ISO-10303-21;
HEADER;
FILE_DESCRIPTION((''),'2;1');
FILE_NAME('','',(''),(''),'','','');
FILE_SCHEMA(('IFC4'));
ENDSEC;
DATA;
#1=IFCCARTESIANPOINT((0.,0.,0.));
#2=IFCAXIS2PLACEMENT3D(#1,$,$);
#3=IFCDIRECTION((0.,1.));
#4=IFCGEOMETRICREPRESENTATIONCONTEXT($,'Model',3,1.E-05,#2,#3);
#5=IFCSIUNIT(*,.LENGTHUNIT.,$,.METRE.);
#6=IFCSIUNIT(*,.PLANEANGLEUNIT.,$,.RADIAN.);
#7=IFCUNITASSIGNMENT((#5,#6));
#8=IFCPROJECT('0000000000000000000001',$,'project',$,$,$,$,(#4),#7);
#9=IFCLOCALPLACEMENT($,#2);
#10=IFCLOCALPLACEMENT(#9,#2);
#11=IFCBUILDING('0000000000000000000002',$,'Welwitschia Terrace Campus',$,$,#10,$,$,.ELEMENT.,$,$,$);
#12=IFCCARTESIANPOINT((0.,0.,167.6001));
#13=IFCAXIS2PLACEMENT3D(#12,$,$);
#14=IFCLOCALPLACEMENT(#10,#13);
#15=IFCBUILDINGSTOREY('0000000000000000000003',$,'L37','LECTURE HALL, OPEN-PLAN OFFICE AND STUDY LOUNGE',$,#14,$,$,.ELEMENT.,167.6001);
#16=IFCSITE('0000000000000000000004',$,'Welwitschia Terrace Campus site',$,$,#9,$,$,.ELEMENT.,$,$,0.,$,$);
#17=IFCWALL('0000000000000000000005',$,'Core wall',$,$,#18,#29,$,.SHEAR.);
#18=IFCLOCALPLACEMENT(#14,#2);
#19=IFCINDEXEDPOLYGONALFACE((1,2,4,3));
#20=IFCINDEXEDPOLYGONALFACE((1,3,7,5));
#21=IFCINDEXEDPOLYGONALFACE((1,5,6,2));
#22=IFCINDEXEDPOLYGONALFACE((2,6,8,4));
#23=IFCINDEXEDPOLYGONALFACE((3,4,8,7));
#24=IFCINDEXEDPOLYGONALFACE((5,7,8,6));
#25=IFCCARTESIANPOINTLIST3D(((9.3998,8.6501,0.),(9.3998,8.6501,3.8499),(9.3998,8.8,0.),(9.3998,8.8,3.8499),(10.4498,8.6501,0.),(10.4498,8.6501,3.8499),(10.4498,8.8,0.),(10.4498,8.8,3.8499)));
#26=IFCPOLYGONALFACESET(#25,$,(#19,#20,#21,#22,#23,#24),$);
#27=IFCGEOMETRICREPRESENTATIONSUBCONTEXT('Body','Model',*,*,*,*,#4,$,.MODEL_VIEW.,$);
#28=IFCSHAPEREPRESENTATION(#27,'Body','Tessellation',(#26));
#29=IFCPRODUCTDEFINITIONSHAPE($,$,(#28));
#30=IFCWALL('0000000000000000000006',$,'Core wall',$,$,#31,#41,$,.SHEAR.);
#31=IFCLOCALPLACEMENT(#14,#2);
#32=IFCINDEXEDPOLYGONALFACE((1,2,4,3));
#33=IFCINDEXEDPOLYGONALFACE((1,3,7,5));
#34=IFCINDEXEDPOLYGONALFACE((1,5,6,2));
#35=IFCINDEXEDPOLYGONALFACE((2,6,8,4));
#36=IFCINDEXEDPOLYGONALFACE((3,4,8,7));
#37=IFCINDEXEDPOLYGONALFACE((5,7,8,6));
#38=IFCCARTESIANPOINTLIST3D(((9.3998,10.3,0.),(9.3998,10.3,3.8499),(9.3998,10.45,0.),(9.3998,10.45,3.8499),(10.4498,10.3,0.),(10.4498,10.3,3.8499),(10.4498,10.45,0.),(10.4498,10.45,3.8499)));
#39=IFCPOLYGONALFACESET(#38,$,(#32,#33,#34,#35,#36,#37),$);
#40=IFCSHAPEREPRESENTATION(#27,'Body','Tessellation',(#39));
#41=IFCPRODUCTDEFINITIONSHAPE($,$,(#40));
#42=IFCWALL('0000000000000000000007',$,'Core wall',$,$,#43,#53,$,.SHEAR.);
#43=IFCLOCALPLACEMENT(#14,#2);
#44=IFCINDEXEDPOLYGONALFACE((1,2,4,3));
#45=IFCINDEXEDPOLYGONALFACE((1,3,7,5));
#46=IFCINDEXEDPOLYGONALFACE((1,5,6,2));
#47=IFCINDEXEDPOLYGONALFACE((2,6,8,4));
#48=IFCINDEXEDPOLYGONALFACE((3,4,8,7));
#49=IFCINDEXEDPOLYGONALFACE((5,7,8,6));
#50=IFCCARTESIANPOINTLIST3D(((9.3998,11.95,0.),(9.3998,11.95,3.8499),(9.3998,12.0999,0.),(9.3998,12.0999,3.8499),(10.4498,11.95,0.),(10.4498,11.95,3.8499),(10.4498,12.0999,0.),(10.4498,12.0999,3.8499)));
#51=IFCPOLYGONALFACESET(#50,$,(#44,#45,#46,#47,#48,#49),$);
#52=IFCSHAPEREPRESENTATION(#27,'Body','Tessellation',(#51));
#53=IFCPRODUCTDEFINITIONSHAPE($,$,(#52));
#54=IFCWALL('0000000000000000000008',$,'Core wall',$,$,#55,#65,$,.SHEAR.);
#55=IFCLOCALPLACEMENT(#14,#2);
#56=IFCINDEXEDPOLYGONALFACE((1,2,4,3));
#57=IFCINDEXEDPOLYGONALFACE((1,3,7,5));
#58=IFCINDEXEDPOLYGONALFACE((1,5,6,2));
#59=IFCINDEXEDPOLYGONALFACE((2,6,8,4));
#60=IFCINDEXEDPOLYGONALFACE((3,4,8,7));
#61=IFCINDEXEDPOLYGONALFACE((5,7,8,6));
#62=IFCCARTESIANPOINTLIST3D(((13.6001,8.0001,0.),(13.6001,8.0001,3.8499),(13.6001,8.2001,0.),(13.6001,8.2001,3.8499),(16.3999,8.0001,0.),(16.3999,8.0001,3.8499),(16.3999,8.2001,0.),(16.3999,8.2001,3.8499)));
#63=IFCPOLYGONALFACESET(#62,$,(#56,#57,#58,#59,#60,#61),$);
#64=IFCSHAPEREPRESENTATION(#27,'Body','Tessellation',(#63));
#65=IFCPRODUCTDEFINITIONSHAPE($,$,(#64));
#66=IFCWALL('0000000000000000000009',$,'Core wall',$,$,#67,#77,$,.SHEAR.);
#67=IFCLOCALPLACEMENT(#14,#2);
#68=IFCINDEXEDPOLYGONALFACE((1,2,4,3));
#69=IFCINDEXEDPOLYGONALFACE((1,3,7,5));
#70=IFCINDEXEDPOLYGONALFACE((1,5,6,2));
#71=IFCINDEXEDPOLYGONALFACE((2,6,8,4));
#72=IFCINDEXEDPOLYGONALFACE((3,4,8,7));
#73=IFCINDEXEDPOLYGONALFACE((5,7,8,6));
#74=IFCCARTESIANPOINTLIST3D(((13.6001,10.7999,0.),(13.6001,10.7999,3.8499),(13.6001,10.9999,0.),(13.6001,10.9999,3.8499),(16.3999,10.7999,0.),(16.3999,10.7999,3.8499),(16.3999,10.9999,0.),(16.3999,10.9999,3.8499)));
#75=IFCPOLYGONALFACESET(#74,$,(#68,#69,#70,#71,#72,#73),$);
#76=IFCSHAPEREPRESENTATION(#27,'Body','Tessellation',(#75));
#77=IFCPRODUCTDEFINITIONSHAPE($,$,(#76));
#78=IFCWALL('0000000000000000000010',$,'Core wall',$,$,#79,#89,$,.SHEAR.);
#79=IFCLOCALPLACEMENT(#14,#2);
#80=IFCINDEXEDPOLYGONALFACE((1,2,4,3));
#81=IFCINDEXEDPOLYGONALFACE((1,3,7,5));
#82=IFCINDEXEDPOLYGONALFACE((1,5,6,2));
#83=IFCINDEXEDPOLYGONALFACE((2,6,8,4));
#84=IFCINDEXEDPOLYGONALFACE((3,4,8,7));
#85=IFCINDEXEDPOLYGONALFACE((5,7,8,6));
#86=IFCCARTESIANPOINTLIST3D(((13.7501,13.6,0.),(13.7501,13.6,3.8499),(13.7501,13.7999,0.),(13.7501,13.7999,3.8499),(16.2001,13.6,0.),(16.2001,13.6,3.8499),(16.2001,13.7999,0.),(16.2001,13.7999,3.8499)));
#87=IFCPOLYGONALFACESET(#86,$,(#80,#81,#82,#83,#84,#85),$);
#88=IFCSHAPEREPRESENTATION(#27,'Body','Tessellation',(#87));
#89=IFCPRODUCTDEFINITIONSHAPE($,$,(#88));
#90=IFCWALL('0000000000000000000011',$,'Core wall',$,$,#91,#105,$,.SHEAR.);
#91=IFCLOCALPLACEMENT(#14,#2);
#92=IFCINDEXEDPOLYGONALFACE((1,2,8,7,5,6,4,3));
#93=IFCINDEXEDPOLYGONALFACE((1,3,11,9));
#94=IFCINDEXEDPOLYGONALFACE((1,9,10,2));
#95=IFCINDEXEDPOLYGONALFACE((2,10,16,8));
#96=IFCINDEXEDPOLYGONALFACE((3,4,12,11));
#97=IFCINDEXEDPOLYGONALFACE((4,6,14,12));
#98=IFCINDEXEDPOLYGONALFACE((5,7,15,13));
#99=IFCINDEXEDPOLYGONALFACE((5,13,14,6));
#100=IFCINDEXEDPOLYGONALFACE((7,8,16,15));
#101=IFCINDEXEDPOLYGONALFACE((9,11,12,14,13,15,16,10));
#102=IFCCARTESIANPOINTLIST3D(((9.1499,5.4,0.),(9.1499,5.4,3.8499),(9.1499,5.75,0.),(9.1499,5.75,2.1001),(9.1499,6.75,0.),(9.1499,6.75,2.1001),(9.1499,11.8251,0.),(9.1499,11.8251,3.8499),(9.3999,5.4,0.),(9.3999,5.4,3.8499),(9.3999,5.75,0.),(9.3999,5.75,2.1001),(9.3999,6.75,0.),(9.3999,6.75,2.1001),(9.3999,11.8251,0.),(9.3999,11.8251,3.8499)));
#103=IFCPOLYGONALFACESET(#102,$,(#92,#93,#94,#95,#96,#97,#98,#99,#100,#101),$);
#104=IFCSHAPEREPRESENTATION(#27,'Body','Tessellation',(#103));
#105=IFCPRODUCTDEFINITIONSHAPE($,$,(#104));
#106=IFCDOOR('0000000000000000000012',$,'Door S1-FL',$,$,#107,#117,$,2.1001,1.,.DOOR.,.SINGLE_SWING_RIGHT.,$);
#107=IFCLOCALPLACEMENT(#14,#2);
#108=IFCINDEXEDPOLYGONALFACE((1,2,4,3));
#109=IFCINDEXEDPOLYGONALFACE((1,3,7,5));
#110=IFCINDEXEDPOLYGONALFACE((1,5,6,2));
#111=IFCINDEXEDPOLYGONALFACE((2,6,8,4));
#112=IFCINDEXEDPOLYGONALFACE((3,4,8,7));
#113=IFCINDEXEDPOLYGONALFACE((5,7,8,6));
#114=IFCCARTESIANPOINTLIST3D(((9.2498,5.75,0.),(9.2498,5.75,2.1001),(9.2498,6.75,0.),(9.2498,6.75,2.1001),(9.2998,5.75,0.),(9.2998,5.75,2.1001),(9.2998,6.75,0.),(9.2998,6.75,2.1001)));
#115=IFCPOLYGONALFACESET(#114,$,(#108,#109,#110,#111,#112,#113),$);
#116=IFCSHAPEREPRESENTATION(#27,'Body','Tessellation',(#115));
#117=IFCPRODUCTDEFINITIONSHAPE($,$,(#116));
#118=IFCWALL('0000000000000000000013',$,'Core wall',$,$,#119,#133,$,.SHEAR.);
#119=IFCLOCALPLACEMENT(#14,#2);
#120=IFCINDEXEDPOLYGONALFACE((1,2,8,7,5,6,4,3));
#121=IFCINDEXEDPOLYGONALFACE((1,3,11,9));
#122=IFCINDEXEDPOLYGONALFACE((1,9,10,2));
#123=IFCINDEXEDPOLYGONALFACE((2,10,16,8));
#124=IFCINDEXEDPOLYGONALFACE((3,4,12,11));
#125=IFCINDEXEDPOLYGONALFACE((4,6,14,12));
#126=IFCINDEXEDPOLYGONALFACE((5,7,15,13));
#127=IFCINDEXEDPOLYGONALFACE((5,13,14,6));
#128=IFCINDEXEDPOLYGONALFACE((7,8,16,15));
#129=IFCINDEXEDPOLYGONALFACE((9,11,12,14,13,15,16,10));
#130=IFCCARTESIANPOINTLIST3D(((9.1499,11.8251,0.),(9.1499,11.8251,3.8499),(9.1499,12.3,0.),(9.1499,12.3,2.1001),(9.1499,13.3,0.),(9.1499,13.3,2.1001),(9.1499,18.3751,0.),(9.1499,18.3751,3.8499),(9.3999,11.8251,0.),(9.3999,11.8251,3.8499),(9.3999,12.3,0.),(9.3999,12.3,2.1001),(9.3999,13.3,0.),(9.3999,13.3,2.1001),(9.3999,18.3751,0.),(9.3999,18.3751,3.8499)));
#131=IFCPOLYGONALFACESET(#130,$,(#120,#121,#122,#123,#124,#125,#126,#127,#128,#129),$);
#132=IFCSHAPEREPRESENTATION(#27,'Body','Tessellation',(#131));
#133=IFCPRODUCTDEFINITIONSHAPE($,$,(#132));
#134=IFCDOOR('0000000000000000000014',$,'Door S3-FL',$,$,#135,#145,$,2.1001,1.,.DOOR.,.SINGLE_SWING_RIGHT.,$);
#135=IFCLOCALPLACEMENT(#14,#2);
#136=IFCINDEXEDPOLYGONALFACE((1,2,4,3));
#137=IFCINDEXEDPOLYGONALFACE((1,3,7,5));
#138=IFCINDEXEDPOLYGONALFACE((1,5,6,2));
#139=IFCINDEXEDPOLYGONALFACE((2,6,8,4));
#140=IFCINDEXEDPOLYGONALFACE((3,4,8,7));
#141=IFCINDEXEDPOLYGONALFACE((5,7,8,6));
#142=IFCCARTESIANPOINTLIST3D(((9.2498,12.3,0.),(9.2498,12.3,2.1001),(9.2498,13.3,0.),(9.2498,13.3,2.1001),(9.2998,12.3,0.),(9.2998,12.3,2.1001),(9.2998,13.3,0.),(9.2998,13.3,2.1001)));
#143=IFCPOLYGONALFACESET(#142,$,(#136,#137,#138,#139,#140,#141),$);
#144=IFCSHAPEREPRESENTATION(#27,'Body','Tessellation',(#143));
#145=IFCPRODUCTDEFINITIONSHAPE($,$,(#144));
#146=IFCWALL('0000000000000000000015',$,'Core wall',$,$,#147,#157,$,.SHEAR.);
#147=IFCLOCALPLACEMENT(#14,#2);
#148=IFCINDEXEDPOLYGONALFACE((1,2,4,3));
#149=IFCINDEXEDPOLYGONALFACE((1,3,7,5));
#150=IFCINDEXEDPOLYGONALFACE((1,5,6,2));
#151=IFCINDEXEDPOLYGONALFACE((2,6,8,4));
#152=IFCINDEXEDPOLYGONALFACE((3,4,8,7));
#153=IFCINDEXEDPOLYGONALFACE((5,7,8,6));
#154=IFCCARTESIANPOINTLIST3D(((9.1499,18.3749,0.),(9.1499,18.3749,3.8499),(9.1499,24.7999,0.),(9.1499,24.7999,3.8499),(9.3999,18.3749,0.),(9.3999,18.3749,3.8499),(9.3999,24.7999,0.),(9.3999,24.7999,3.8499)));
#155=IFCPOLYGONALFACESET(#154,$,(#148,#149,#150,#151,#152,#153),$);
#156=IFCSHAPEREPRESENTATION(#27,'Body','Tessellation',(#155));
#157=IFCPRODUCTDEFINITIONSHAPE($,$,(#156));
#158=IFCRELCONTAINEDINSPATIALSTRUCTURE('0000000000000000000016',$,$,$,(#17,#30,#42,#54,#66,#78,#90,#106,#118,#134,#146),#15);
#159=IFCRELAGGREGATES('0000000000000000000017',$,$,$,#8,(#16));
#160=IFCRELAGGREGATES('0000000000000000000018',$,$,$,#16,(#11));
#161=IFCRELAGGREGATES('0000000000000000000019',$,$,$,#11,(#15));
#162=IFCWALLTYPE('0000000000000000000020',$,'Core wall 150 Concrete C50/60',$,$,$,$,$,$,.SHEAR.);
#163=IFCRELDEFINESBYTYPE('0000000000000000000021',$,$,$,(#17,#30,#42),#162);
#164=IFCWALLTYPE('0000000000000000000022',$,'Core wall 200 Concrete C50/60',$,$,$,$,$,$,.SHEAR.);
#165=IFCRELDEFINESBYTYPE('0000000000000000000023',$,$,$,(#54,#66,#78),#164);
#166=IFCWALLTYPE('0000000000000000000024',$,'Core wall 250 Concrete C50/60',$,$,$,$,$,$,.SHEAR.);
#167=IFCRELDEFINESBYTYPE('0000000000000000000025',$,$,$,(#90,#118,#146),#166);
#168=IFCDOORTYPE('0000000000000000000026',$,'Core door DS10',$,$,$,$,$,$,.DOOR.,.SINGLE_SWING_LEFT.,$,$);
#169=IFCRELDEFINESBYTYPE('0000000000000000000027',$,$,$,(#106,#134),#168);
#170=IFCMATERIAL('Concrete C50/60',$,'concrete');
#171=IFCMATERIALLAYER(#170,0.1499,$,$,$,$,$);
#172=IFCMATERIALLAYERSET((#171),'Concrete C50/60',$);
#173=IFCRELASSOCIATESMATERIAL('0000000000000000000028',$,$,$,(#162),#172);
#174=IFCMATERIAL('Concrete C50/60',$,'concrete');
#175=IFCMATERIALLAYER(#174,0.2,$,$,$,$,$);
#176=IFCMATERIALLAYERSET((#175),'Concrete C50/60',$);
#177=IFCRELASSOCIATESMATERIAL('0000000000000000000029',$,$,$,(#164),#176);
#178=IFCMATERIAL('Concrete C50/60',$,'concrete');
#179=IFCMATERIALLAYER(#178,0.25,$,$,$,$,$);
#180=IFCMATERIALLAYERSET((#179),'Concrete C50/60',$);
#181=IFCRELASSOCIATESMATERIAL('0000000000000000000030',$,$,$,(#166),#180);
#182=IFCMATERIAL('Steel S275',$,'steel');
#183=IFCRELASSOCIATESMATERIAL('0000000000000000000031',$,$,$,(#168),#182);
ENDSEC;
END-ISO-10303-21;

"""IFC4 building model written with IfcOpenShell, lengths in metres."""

from ifc_helpers import new_model, si_unit, direction, frame, frame_2d, origin, place, context, subcontext, project, spatial, rectangle, extrude, material, layer, layer_set, type_object, element, fill, save


model = new_model("IFC4")

# Units and contexts
model_context = context("Model", 3, precision=1e-05, world=origin(), true_north=direction((0.0, 1.0)))
body_context = subcontext(model_context, "Body", "Model", "MODEL_VIEW")
ifc_project = project(units=[si_unit("LENGTHUNIT", "METRE"), si_unit("PLANEANGLEUNIT", "RADIAN")], contexts=[model_context])

# Site, building, storey
site_placement = place(None, origin())
site = spatial("IfcSite", under=ifc_project, at=site_placement, Name="Welwitschia Terrace Campus site", CompositionType="ELEMENT", RefElevation=0.0)
building_placement = place(site_placement, origin())
building = spatial("IfcBuilding", under=site, at=building_placement, Name="Welwitschia Terrace Campus", CompositionType="ELEMENT")
storey_placement = place(building_placement, frame((0.0, 0.0, 167.6001)))
storey = spatial("IfcBuildingStorey", under=building, at=storey_placement, Name="L37", Description="LECTURE HALL, OPEN-PLAN OFFICE AND STUDY LOUNGE", CompositionType="ELEMENT", Elevation=167.6001)

# Walls
ifc_material_1 = material(Name="Concrete C50/60", Category="concrete")
ifc_layer_1 = layer(ifc_material_1, 0.1499)
ifc_layer_set_1 = layer_set([ifc_layer_1], Name="Concrete C50/60")
wall_type_1 = type_object("IfcWallType", Name="Core wall 150 Concrete C50/60", PredefinedType="SHEAR", material=ifc_layer_set_1)
for number, where, z_axis, x_axis, name in (
    (1, (9.3999, 8.7251, 0.0), (0.0, 0.0, 1.0), (1.0, 0.0, 0.0), "Core wall"),
    (2, (9.3999, 10.375, 0.0), (0.0, 0.0, 1.0), (1.0, 0.0, 0.0), "Core wall"),
    (3, (9.3999, 12.0249, 0.0), (0.0, 0.0, 1.0), (1.0, 0.0, 0.0), "Core wall"),
):
    element("IfcWall", number, at=place(storey_placement, frame(where, z_axis=z_axis, x_axis=x_axis)), inside=storey, type_object=wall_type_1, Name=name, PredefinedType="SHEAR", context=body_context, shape_type="SweptSolid", body=[
        extrude(rectangle(XDim=1.05, YDim=0.1499, at=frame_2d((0.5249, 0.0))), origin(), (0.0, 0.0, 1.0), 3.8499),
    ])
ifc_material_2 = material(Name="Concrete C50/60", Category="concrete")
ifc_layer_2 = layer(ifc_material_2, 0.2)
ifc_layer_set_2 = layer_set([ifc_layer_2], Name="Concrete C50/60")
wall_type_2 = type_object("IfcWallType", Name="Core wall 200 Concrete C50/60", PredefinedType="SHEAR", material=ifc_layer_set_2)
for number, where, z_axis, x_axis, name in (
    (4, (13.6001, 8.1001, 0.0), (0.0, 0.0, 1.0), (1.0, 0.0, 0.0), "Core wall"),
    (5, (13.6001, 10.8999, 0.0), (0.0, 0.0, 1.0), (1.0, 0.0, 0.0), "Core wall"),
):
    element("IfcWall", number, at=place(storey_placement, frame(where, z_axis=z_axis, x_axis=x_axis)), inside=storey, type_object=wall_type_2, Name=name, PredefinedType="SHEAR", context=body_context, shape_type="SweptSolid", body=[
        extrude(rectangle(XDim=2.7998, YDim=0.2, at=frame_2d((1.3999, 0.0))), origin(), (0.0, 0.0, 1.0), 3.8499),
    ])
wall_1_placement = place(storey_placement, frame((13.75, 13.7, 0.0), z_axis=(0.0, 0.0, 1.0), x_axis=(1.0, 0.0, 0.0)))
element("IfcWall", 6, at=wall_1_placement, inside=storey, type_object=wall_type_2, Name="Core wall", PredefinedType="SHEAR", context=body_context, shape_type="SweptSolid", body=[
    extrude(rectangle(XDim=2.45, YDim=0.2, at=frame_2d((1.2251, 0.0))), origin(), (0.0, 0.0, 1.0), 3.8499),
])

# Walls, openings, doors
ifc_material_3 = material(Name="Concrete C50/60", Category="concrete")
ifc_layer_3 = layer(ifc_material_3, 0.25)
ifc_layer_set_3 = layer_set([ifc_layer_3], Name="Concrete C50/60")
wall_type_3 = type_object("IfcWallType", Name="Core wall 250 Concrete C50/60", PredefinedType="SHEAR", material=ifc_layer_set_3)
wall_2_placement = place(storey_placement, frame((9.2749, 11.825, 0.0), z_axis=(0.0, 0.0, 1.0), x_axis=(0.0, -1.0, 0.0)))
wall_2 = element("IfcWall", 7, at=wall_2_placement, inside=storey, type_object=wall_type_3, Name="Core wall", PredefinedType="SHEAR", context=body_context, shape_type="SweptSolid", body=[
    extrude(rectangle(XDim=6.425, YDim=0.25, at=frame_2d((3.2124, 0.0))), origin(), (0.0, 0.0, 1.0), 3.8499),
])
opening_1_placement = place(wall_2_placement, frame((5.075, 0.0, 0.0)))
opening_1 = element("IfcOpeningElement", 8, at=opening_1_placement, cuts=wall_2, PredefinedType="OPENING", context=body_context, shape_type="SweptSolid", body=[
    extrude(rectangle(XDim=1.0, YDim=2.1001, at=frame_2d((0.5, 1.05))), frame((0.0, 0.135, 0.0), z_axis=(0.0, -1.0, 0.0), x_axis=(1.0, 0.0, 0.0)), (0.0, 0.0, 1.0), 0.27),
])
ifc_material_4 = material(Name="Steel S275", Category="steel")
door_type_1 = type_object("IfcDoorType", Name="Core door DS10", OperationType="SINGLE_SWING_LEFT", PredefinedType="DOOR", material=ifc_material_4)
door_1_placement = place(opening_1_placement, origin())
door_1 = element("IfcDoor", 9, at=door_1_placement, inside=storey, type_object=door_type_1, Name="Door S1-FL", OperationType="SINGLE_SWING_RIGHT", OverallHeight=2.1001, OverallWidth=1.0, PredefinedType="DOOR", context=body_context, shape_type="SweptSolid", body=[
    extrude(rectangle(XDim=1.0, YDim=2.1001, at=frame_2d((0.5, 1.05))), frame((0.0, 0.0249, 0.0), z_axis=(0.0, -1.0, 0.0), x_axis=(1.0, 0.0, 0.0)), (0.0, 0.0, 1.0), 0.05),
])
fill(opening_1, door_1)
wall_3_placement = place(storey_placement, frame((9.2749, 18.375, 0.0), z_axis=(0.0, 0.0, 1.0), x_axis=(0.0, -1.0, 0.0)))
wall_3 = element("IfcWall", 10, at=wall_3_placement, inside=storey, type_object=wall_type_3, Name="Core wall", PredefinedType="SHEAR", context=body_context, shape_type="SweptSolid", body=[
    extrude(rectangle(XDim=6.55, YDim=0.25, at=frame_2d((3.2749, 0.0))), origin(), (0.0, 0.0, 1.0), 3.8499),
])
opening_2_placement = place(wall_3_placement, frame((5.075, 0.0, 0.0)))
opening_2 = element("IfcOpeningElement", 11, at=opening_2_placement, cuts=wall_3, PredefinedType="OPENING", context=body_context, shape_type="SweptSolid", body=[
    extrude(rectangle(XDim=1.0, YDim=2.1001, at=frame_2d((0.5, 1.05))), frame((0.0, 0.135, 0.0), z_axis=(0.0, -1.0, 0.0), x_axis=(1.0, 0.0, 0.0)), (0.0, 0.0, 1.0), 0.27),
])
door_2_placement = place(opening_2_placement, origin())
door_2 = element("IfcDoor", 12, at=door_2_placement, inside=storey, type_object=door_type_1, Name="Door S3-FL", OperationType="SINGLE_SWING_RIGHT", OverallHeight=2.1001, OverallWidth=1.0, PredefinedType="DOOR", context=body_context, shape_type="SweptSolid", body=[
    extrude(rectangle(XDim=1.0, YDim=2.1001, at=frame_2d((0.5, 1.05))), frame((0.0, 0.0249, 0.0), z_axis=(0.0, -1.0, 0.0), x_axis=(1.0, 0.0, 0.0)), (0.0, 0.0, 1.0), 0.05),
])
fill(opening_2, door_2)

# Wall
wall_4_placement = place(storey_placement, frame((9.2749, 18.375, 0.0), z_axis=(0.0, 0.0, 1.0), x_axis=(0.0, 1.0, 0.0)))
element("IfcWall", 13, at=wall_4_placement, inside=storey, type_object=wall_type_3, Name="Core wall", PredefinedType="SHEAR", context=body_context, shape_type="SweptSolid", body=[
    extrude(rectangle(XDim=6.425, YDim=0.25, at=frame_2d((3.2124, 0.0))), origin(), (0.0, 0.0, 1.0), 3.8499),
])

save(model, "model.ifc")
